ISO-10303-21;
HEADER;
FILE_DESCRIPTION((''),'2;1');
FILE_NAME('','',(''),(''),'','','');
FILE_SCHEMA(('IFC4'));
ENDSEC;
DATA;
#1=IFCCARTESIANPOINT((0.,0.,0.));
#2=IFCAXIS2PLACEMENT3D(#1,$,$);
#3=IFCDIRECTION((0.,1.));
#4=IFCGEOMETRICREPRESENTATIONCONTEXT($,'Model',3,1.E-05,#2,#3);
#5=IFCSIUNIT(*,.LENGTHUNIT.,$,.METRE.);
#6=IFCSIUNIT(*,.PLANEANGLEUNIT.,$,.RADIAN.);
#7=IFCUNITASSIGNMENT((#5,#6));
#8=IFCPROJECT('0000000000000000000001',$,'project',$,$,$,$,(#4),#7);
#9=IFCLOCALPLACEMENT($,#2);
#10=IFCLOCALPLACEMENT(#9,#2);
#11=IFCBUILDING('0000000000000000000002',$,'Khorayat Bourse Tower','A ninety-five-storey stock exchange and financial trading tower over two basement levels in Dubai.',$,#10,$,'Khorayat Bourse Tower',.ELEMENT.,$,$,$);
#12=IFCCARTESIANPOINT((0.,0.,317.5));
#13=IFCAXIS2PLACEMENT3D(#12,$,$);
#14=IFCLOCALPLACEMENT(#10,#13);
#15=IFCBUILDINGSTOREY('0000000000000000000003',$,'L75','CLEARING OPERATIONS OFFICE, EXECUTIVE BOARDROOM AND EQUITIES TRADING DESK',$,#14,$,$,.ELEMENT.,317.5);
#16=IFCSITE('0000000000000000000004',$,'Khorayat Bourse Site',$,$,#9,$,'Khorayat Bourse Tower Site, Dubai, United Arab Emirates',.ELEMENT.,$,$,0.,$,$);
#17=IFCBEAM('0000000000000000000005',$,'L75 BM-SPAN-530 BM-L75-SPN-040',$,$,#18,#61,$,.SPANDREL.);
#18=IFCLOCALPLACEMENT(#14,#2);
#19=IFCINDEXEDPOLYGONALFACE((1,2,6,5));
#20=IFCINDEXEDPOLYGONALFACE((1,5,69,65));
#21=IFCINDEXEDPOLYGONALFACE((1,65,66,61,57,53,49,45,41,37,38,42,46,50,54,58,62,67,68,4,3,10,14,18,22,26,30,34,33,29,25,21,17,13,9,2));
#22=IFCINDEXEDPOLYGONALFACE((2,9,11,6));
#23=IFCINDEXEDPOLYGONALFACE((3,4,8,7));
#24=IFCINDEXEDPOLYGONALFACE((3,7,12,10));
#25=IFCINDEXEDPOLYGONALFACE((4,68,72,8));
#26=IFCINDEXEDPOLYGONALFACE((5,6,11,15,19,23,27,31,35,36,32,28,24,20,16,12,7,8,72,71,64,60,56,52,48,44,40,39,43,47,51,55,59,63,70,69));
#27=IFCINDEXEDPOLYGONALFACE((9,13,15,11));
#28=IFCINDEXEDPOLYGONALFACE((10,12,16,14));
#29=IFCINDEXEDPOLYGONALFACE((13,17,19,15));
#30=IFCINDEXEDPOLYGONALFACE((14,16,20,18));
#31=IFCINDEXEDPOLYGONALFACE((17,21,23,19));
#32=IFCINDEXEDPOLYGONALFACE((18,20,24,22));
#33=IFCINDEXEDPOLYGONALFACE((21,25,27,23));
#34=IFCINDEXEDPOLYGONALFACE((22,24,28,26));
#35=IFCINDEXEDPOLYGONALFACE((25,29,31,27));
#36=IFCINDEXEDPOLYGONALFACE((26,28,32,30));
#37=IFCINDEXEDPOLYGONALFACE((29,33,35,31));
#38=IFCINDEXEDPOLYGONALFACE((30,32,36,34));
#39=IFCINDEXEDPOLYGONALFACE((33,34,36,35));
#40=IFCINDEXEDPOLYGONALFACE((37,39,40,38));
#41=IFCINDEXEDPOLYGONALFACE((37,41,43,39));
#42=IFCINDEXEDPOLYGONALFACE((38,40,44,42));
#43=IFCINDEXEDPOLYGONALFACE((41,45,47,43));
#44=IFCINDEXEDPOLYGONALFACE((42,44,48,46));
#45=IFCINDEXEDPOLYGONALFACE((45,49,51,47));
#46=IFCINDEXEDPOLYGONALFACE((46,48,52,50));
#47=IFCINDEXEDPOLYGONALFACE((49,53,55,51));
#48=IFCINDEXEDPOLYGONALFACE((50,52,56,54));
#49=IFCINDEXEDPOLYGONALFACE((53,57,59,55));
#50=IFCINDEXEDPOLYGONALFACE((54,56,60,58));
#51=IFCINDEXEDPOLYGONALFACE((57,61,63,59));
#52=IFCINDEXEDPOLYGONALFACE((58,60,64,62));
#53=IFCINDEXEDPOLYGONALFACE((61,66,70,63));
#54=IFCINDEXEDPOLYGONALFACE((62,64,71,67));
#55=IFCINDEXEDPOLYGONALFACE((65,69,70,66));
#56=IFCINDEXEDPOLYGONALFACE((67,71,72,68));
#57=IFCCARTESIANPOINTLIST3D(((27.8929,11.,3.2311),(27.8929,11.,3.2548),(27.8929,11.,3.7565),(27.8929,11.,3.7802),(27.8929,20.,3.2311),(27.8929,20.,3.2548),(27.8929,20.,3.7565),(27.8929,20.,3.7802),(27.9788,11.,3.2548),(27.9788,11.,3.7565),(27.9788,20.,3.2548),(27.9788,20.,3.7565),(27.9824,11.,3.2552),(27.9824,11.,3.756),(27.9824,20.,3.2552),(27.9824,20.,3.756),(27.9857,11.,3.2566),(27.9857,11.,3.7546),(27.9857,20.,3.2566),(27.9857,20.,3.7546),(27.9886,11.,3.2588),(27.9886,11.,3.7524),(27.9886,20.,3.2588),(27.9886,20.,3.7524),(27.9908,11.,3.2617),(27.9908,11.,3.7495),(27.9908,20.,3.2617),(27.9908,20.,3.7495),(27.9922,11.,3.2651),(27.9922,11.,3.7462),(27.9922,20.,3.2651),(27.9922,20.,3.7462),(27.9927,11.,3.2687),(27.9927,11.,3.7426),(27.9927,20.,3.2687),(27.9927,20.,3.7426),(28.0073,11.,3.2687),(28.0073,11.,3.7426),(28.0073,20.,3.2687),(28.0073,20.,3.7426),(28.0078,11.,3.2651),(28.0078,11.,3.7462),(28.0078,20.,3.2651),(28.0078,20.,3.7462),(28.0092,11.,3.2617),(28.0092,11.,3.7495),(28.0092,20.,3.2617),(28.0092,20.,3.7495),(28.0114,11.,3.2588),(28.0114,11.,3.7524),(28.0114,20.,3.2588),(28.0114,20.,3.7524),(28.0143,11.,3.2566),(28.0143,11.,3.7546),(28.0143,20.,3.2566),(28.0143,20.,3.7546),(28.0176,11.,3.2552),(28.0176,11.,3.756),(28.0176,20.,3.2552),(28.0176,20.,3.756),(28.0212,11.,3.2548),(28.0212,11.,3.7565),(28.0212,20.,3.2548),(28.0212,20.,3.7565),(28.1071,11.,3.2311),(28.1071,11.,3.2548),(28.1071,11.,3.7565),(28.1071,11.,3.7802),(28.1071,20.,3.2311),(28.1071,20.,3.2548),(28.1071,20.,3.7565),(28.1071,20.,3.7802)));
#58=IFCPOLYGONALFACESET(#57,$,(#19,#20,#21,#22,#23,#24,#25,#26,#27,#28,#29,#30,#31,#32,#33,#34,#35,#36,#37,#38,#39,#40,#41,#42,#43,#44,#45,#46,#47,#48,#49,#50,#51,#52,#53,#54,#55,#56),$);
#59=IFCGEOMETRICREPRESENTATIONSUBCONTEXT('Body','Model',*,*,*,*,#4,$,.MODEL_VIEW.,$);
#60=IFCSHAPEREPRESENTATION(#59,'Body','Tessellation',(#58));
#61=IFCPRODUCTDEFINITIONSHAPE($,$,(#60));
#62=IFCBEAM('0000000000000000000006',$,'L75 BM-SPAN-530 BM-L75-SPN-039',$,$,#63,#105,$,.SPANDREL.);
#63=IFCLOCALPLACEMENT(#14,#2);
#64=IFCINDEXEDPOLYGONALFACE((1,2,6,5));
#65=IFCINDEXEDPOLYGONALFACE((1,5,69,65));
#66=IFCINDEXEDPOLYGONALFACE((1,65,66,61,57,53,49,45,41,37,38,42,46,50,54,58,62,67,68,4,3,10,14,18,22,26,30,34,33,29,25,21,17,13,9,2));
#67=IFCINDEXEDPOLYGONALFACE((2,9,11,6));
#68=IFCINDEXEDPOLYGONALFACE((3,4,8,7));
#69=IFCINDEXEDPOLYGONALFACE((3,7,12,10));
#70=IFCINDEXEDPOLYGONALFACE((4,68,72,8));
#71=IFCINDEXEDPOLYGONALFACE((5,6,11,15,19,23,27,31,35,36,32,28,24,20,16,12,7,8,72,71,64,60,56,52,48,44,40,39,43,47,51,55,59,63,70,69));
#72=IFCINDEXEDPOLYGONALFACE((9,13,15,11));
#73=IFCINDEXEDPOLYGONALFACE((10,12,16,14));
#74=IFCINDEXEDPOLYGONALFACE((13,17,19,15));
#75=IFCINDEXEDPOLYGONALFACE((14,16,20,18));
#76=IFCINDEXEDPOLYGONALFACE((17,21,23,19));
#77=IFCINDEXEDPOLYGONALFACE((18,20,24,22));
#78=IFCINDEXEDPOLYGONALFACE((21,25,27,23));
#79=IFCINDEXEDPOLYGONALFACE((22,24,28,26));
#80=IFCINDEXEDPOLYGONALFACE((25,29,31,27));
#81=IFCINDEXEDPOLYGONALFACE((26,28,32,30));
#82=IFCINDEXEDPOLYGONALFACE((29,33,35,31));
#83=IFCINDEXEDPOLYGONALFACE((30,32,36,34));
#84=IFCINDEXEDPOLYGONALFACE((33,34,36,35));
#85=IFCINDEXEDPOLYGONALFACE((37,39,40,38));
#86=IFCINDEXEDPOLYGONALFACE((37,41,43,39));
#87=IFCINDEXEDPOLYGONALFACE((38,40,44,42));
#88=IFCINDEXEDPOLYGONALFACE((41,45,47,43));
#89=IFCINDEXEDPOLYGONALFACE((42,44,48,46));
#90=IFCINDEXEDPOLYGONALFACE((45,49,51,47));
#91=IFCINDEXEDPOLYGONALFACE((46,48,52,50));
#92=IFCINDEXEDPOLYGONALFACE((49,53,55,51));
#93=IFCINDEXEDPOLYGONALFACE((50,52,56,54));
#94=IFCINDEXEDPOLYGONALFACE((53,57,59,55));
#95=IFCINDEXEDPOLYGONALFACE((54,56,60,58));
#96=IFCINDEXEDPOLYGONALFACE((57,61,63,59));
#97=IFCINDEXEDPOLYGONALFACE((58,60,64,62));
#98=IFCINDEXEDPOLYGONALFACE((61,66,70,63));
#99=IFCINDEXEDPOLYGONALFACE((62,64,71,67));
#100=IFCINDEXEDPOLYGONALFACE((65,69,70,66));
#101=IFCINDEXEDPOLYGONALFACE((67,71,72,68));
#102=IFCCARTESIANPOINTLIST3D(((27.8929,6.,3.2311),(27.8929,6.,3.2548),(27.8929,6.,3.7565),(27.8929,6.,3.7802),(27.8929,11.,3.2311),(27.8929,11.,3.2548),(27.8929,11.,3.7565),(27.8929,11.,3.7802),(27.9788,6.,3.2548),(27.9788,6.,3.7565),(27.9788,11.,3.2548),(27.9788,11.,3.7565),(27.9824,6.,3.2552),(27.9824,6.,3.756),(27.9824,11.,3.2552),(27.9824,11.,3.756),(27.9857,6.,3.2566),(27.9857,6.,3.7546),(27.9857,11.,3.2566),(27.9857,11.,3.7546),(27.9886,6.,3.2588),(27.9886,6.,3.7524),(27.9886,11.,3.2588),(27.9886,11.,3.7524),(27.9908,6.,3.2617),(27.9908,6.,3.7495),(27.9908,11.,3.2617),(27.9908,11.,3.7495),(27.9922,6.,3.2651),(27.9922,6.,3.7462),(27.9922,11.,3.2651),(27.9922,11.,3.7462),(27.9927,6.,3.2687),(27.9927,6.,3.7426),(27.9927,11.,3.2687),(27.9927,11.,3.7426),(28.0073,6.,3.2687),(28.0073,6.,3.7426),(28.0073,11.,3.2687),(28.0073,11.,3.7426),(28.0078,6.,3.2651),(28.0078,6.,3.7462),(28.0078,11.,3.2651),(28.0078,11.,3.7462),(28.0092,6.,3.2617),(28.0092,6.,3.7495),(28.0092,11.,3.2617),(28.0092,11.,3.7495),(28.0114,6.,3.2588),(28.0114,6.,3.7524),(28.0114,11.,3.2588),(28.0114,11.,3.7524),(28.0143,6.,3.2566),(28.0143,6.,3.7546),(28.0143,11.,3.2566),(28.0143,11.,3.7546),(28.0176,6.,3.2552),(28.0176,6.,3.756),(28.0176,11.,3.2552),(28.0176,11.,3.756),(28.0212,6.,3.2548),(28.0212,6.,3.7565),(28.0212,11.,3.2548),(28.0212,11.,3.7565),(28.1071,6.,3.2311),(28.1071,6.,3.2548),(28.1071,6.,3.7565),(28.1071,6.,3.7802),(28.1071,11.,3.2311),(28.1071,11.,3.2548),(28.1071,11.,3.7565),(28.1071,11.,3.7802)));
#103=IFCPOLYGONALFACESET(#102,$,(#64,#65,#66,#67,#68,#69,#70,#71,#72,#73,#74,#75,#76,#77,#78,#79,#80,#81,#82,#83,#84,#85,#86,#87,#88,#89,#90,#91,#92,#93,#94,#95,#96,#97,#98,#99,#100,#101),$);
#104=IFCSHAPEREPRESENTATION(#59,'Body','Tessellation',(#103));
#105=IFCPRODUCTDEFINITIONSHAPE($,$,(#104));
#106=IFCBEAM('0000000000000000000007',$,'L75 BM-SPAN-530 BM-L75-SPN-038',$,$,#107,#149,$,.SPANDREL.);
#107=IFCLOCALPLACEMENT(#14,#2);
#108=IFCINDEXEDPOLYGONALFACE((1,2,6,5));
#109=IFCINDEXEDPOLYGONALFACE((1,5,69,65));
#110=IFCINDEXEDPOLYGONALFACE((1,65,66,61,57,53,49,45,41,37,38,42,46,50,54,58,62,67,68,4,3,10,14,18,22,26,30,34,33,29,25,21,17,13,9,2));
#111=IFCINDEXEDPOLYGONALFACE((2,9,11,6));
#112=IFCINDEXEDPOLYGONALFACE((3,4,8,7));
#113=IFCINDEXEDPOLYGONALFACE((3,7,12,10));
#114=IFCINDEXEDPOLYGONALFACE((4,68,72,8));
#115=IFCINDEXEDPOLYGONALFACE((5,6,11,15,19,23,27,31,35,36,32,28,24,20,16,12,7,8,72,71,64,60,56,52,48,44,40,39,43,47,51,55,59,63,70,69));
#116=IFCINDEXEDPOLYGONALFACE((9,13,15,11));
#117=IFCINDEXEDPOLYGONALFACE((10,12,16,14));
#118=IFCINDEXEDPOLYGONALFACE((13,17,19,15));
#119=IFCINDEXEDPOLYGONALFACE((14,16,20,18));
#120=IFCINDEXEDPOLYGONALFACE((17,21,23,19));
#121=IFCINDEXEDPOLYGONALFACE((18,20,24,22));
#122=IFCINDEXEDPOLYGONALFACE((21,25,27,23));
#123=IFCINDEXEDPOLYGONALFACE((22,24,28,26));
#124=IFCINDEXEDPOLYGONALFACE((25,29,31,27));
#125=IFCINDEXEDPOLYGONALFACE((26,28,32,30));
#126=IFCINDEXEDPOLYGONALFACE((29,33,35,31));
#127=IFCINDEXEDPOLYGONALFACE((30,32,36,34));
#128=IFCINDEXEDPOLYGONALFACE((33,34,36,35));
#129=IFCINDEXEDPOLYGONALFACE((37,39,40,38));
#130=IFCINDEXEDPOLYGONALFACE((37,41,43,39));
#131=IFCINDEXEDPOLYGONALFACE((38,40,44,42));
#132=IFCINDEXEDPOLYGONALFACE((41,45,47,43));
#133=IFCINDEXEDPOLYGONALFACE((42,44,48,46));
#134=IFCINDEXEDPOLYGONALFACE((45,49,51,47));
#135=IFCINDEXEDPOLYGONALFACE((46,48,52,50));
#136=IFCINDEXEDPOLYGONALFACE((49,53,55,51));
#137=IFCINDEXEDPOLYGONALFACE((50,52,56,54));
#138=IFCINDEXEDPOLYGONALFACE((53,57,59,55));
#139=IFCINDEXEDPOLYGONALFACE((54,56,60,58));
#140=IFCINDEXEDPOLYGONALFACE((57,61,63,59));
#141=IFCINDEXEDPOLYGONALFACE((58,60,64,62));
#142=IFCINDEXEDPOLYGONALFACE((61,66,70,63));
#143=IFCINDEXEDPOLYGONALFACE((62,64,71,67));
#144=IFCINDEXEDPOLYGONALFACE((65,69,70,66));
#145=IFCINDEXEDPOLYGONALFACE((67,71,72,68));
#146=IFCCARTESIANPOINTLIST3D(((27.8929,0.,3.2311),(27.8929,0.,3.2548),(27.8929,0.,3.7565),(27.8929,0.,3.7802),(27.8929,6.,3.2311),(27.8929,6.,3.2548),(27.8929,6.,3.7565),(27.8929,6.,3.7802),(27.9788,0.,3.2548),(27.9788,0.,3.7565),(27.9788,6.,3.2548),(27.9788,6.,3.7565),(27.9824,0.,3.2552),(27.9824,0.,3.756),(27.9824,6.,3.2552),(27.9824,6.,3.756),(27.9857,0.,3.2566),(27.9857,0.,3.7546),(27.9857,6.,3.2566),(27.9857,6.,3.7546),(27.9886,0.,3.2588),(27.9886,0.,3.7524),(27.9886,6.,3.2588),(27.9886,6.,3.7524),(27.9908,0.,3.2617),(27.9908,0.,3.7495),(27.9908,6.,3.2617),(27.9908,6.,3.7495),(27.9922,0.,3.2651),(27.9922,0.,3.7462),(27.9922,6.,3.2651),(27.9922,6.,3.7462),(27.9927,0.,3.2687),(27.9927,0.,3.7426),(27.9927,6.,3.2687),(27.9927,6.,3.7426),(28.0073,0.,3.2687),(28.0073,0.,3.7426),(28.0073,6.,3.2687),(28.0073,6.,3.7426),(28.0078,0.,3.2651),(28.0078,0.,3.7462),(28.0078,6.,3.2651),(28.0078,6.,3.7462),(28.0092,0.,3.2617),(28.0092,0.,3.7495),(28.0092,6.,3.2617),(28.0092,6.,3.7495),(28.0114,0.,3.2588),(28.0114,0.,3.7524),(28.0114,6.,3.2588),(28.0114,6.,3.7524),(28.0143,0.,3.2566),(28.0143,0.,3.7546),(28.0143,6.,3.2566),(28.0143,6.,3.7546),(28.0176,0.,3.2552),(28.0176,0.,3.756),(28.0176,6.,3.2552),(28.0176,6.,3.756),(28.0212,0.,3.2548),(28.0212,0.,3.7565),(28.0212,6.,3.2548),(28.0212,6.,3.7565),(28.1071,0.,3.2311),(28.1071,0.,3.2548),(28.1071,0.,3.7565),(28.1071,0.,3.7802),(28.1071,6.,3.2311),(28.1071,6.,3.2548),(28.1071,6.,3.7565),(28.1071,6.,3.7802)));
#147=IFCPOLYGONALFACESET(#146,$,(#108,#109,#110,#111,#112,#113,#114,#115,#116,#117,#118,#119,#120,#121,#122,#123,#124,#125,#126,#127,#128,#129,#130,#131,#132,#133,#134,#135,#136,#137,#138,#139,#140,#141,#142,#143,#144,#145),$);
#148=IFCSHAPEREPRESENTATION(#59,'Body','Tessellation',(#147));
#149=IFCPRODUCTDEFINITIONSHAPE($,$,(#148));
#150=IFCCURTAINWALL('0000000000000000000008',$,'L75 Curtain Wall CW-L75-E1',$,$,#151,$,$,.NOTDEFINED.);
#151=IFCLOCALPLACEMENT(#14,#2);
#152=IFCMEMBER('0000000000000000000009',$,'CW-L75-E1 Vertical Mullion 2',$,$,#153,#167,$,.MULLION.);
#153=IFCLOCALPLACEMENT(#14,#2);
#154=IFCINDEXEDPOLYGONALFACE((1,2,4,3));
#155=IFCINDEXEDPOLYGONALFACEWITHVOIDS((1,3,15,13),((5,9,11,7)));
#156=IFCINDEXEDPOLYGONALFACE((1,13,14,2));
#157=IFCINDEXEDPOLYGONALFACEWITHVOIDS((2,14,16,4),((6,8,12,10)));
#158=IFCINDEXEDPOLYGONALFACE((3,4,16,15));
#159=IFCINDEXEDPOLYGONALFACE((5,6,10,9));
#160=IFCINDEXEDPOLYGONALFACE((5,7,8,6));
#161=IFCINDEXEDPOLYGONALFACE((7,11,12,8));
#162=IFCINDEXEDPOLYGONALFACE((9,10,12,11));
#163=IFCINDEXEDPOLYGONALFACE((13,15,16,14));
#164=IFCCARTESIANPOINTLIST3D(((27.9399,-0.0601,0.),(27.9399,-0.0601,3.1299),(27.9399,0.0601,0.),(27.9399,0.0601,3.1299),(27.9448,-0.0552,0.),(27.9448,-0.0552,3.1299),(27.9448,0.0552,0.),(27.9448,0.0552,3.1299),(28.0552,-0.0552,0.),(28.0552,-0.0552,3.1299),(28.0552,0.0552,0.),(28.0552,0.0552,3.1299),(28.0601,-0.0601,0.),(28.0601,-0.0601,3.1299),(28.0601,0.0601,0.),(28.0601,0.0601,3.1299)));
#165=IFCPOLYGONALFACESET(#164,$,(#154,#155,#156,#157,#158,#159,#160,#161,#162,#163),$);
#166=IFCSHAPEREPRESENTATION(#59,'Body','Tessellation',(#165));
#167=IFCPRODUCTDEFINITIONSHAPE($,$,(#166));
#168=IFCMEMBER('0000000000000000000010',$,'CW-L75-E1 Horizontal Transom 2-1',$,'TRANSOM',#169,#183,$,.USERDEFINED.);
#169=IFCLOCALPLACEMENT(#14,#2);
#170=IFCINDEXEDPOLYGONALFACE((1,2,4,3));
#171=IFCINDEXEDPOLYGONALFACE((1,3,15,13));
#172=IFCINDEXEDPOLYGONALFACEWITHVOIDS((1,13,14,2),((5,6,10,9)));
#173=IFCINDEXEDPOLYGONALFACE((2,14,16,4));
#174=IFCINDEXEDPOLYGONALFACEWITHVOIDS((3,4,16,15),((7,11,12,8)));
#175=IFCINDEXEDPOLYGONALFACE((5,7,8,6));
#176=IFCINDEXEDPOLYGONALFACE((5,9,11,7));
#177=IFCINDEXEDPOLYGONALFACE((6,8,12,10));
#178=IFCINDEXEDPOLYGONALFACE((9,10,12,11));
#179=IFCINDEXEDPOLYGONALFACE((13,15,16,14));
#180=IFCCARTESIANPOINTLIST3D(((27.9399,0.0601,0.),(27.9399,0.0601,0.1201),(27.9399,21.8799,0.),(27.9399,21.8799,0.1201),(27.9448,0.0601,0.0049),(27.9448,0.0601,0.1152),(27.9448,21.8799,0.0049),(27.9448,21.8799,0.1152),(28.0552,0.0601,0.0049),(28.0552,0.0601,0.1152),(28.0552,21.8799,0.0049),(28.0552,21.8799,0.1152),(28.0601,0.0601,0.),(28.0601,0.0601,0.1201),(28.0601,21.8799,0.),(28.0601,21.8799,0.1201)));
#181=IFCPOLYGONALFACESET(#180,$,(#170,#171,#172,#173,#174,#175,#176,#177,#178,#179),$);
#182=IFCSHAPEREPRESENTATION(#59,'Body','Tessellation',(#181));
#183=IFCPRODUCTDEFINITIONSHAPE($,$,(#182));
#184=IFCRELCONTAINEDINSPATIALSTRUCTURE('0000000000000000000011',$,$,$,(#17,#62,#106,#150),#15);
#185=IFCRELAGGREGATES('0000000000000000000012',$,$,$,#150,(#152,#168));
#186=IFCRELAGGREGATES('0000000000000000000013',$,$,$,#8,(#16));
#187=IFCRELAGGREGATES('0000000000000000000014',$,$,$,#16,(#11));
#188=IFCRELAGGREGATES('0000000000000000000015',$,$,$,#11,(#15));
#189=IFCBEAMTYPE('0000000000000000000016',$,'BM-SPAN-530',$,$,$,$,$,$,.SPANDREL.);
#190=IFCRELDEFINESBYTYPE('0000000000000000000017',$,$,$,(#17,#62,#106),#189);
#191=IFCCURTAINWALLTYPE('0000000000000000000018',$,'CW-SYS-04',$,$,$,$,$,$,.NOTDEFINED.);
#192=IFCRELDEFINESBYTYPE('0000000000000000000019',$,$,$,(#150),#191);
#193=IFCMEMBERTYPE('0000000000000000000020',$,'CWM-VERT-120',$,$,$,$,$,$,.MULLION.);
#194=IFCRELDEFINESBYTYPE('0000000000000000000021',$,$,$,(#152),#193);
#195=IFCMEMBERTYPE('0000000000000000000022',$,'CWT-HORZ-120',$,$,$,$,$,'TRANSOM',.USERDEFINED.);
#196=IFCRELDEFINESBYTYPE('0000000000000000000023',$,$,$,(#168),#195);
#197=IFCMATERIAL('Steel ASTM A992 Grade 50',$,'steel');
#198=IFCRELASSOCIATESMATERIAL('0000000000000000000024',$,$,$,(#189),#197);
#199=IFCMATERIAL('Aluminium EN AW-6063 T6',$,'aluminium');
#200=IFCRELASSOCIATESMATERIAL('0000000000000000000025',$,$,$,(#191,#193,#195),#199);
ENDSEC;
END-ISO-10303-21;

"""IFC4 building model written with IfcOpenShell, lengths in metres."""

from ifc_helpers import new_model, si_unit, direction, frame, origin, origin_2d, place, context, subcontext, project, spatial, hollow_rectangle, i_section, extrude, source, transform, mapped, material, material_profile, profile_set, type_object, element, aggregate, save


model = new_model("IFC4")

# Units and contexts
model_context = context("Model", 3, precision=1e-05, world=origin(), true_north=direction((0.0, 1.0)))
body_context = subcontext(model_context, "Body", "Model", "MODEL_VIEW")
ifc_project = project(units=[si_unit("LENGTHUNIT", "METRE"), si_unit("PLANEANGLEUNIT", "RADIAN")], contexts=[model_context])

# Site, building, storey
site_placement = place(None, origin())
site = spatial("IfcSite", under=ifc_project, at=site_placement, Name="Khorayat Bourse Site", LongName="Khorayat Bourse Tower Site, Dubai, United Arab Emirates", CompositionType="ELEMENT", RefElevation=0.0)
building_placement = place(site_placement, origin())
building = spatial("IfcBuilding", under=site, at=building_placement, Name="Khorayat Bourse Tower", Description="A ninety-five-storey stock exchange and financial trading tower over two basement levels in Dubai.", LongName="Khorayat Bourse Tower", CompositionType="ELEMENT")
storey_placement = place(building_placement, frame((0.0, 0.0, 317.5)))
storey = spatial("IfcBuildingStorey", under=building, at=storey_placement, Name="L75", Description="CLEARING OPERATIONS OFFICE, EXECUTIVE BOARDROOM AND EQUITIES TRADING DESK", CompositionType="ELEMENT", Elevation=317.5)

# Shared definitions
ifc_material_1 = material(Name="Steel ASTM A992 Grade 50", Category="steel")

# Beams
ifc_material_profile_1 = material_profile(ifc_material_1, i_section(OverallWidth=0.2141, OverallDepth=0.5491, WebThickness=0.0146, FlangeThickness=0.0237, FilletRadius=0.0139, at=origin_2d()), Name="W530X138")
ifc_profile_set_1 = profile_set([ifc_material_profile_1], Name="Steel ASTM A992 Grade 50")
beam_type_1 = type_object("IfcBeamType", Name="BM-SPAN-530", PredefinedType="SPANDREL", material=ifc_profile_set_1)
shared_shape_1 = source(origin(), body_context, "Body", "SweptSolid", [
    extrude(i_section(OverallWidth=0.2141, OverallDepth=0.5491, WebThickness=0.0146, FlangeThickness=0.0237, FilletRadius=0.0139, at=origin_2d()), origin(), (0.0, 0.0, 1.0), 9.0),
])
beam_1_placement = place(storey_placement, frame((28.0, 11.0, 3.5056), z_axis=(0.0, 1.0, 0.0), x_axis=(-1.0, 0.0, 0.0)))
element("IfcBeam", 1, at=beam_1_placement, inside=storey, type_object=beam_type_1, Name="L75 BM-SPAN-530 BM-L75-SPN-040", PredefinedType="SPANDREL", context=body_context, shape_type="MappedRepresentation", body=[
    mapped(shared_shape_1, transform((0.0, 0.0, 0.0), scale=1.0)),
])
shared_shape_2 = source(origin(), body_context, "Body", "SweptSolid", [
    extrude(i_section(OverallWidth=0.2141, OverallDepth=0.5491, WebThickness=0.0146, FlangeThickness=0.0237, FilletRadius=0.0139, at=origin_2d()), origin(), (0.0, 0.0, 1.0), 5.0),
])
beam_2_placement = place(storey_placement, frame((28.0, 6.0, 3.5056), z_axis=(0.0, 1.0, 0.0), x_axis=(-1.0, 0.0, 0.0)))
element("IfcBeam", 2, at=beam_2_placement, inside=storey, type_object=beam_type_1, Name="L75 BM-SPAN-530 BM-L75-SPN-039", PredefinedType="SPANDREL", context=body_context, shape_type="MappedRepresentation", body=[
    mapped(shared_shape_2, transform((0.0, 0.0, 0.0), scale=1.0)),
])
shared_shape_3 = source(origin(), body_context, "Body", "SweptSolid", [
    extrude(i_section(OverallWidth=0.2141, OverallDepth=0.5491, WebThickness=0.0146, FlangeThickness=0.0237, FilletRadius=0.0139, at=origin_2d()), origin(), (0.0, 0.0, 1.0), 6.0),
])
beam_3_placement = place(storey_placement, frame((28.0, 0.0, 3.5056), z_axis=(0.0, 1.0, 0.0), x_axis=(-1.0, 0.0, 0.0)))
element("IfcBeam", 3, at=beam_3_placement, inside=storey, type_object=beam_type_1, Name="L75 BM-SPAN-530 BM-L75-SPN-038", PredefinedType="SPANDREL", context=body_context, shape_type="MappedRepresentation", body=[
    mapped(shared_shape_3, transform((0.0, 0.0, 0.0), scale=1.0)),
])

# Curtain wall, members
ifc_material_2 = material(Name="Aluminium EN AW-6063 T6", Category="aluminium")
curtain_wall_type = type_object("IfcCurtainWallType", Name="CW-SYS-04", PredefinedType="NOTDEFINED", material=ifc_material_2)
curtain_wall_placement = place(storey_placement, origin())
curtain_wall = element("IfcCurtainWall", 4, at=curtain_wall_placement, inside=storey, type_object=curtain_wall_type, Name="L75 Curtain Wall CW-L75-E1", PredefinedType="NOTDEFINED")
ifc_material_profile_2 = material_profile(ifc_material_2, hollow_rectangle(XDim=0.1201, YDim=0.1201, WallThickness=0.0049, at=origin_2d()), Name="ALU 120x120x5")
ifc_profile_set_2 = profile_set([ifc_material_profile_2], Name="Aluminium EN AW-6063 T6")
member_type_1 = type_object("IfcMemberType", Name="CWM-VERT-120", PredefinedType="MULLION", material=ifc_profile_set_2)
shared_shape_4 = source(origin(), body_context, "Body", "SweptSolid", [
    extrude(hollow_rectangle(XDim=0.1201, YDim=0.1201, WallThickness=0.0049, at=origin_2d()), origin(), (0.0, 0.0, 1.0), 3.1299),
])
member_1_placement = place(storey_placement, frame((28.0, 0.0, 0.0), z_axis=(0.0, 0.0, 1.0), x_axis=(-1.0, 0.0, 0.0)))
member_1 = element("IfcMember", 5, at=member_1_placement, type_object=member_type_1, Name="CW-L75-E1 Vertical Mullion 2", PredefinedType="MULLION", context=body_context, shape_type="MappedRepresentation", body=[
    mapped(shared_shape_4, transform((0.0, 0.0, 0.0), scale=1.0)),
])
ifc_material_profile_3 = material_profile(ifc_material_2, hollow_rectangle(XDim=0.1201, YDim=0.1201, WallThickness=0.0049, at=origin_2d()), Name="ALU 120x120x5")
ifc_profile_set_3 = profile_set([ifc_material_profile_3], Name="Aluminium EN AW-6063 T6")
member_type_2 = type_object("IfcMemberType", Name="CWT-HORZ-120", ElementType="TRANSOM", PredefinedType="USERDEFINED", material=ifc_profile_set_3)
shared_shape_5 = source(origin(), body_context, "Body", "SweptSolid", [
    extrude(hollow_rectangle(XDim=0.1201, YDim=0.1201, WallThickness=0.0049, at=origin_2d()), origin(), (0.0, 0.0, 1.0), 21.8198),
])
member_2_placement = place(storey_placement, frame((28.0, 0.0601, 0.0601), z_axis=(0.0, 1.0, 0.0), x_axis=(-1.0, 0.0, 0.0)))
member_2 = element("IfcMember", 6, at=member_2_placement, type_object=member_type_2, Name="CW-L75-E1 Horizontal Transom 2-1", ObjectType="TRANSOM", PredefinedType="USERDEFINED", context=body_context, shape_type="MappedRepresentation", body=[
    mapped(shared_shape_5, transform((0.0, 0.0, 0.0), scale=1.0)),
])

aggregate(curtain_wall, [member_1, member_2])

save(model, "model.ifc")
